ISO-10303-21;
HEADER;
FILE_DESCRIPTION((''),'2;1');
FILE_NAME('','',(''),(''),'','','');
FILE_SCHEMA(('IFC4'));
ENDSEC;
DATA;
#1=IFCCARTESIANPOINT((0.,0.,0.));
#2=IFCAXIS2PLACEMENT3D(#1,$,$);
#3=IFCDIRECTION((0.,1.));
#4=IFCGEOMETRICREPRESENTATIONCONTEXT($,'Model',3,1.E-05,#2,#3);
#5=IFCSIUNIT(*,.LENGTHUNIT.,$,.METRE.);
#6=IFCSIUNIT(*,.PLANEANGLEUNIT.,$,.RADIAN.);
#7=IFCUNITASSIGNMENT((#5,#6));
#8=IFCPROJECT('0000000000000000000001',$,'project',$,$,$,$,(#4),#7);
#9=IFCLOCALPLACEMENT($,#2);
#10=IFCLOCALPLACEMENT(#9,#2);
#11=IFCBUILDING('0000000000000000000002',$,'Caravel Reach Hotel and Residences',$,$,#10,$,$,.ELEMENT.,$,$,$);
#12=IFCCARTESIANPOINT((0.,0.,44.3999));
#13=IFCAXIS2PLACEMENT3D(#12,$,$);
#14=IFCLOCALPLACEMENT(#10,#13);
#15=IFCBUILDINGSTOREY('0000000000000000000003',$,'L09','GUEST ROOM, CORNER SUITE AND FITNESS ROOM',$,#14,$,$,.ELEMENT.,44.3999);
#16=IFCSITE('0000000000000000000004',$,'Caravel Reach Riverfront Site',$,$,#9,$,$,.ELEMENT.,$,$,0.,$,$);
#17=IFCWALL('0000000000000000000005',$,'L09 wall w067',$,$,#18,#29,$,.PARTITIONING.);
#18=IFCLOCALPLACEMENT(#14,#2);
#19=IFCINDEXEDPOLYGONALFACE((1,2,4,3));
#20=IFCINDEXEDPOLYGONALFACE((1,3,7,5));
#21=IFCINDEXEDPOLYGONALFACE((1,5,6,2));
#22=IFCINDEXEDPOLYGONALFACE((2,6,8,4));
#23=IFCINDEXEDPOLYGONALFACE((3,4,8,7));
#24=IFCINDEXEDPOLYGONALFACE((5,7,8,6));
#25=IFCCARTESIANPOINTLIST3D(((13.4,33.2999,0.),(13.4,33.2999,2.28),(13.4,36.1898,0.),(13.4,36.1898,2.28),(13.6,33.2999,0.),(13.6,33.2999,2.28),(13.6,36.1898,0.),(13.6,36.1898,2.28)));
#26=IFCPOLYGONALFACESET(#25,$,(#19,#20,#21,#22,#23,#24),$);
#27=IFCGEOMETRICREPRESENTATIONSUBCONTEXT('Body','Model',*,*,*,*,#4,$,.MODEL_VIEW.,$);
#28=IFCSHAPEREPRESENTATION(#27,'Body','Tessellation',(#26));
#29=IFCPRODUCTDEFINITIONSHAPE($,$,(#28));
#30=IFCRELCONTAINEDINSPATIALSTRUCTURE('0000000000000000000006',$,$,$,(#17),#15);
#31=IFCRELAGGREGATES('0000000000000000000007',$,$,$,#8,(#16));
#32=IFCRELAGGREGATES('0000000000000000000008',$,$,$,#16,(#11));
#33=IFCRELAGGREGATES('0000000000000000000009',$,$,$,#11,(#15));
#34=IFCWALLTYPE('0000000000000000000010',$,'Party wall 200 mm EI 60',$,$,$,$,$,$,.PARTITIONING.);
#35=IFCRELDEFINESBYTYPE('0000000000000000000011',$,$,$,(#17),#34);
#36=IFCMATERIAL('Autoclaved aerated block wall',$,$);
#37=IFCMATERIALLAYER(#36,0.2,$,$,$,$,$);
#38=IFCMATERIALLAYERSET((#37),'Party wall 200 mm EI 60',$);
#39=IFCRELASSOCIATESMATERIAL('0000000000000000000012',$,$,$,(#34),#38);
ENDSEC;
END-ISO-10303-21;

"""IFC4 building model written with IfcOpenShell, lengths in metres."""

from ifc_helpers import new_model, si_unit, direction, frame, frame_2d, origin, place, context, subcontext, project, spatial, rectangle, extrude, material, layer, layer_set, type_object, element, save


model = new_model("IFC4")

# Units and contexts
model_context = context("Model", 3, precision=1e-05, world=origin(), true_north=direction((0.0, 1.0)))
body_context = subcontext(model_context, "Body", "Model", "MODEL_VIEW")
ifc_project = project(units=[si_unit("LENGTHUNIT", "METRE"), si_unit("PLANEANGLEUNIT", "RADIAN")], contexts=[model_context])

# Site, building, storey
site_placement = place(None, origin())
site = spatial("IfcSite", under=ifc_project, at=site_placement, Name="Caravel Reach Riverfront Site", CompositionType="ELEMENT", RefElevation=0.0)
building_placement = place(site_placement, origin())
building = spatial("IfcBuilding", under=site, at=building_placement, Name="Caravel Reach Hotel and Residences", CompositionType="ELEMENT")
storey_placement = place(building_placement, frame((0.0, 0.0, 44.3999)))
storey = spatial("IfcBuildingStorey", under=building, at=storey_placement, Name="L09", Description="GUEST ROOM, CORNER SUITE AND FITNESS ROOM", CompositionType="ELEMENT", Elevation=44.3999)

# Wall
ifc_material_1 = material(Name="Autoclaved aerated block wall")
ifc_layer_1 = layer(ifc_material_1, 0.2)
ifc_layer_set_1 = layer_set([ifc_layer_1], Name="Party wall 200 mm EI 60")
wall_type_1 = type_object("IfcWallType", Name="Party wall 200 mm EI 60", PredefinedType="PARTITIONING", material=ifc_layer_set_1)
wall_1_placement = place(storey_placement, frame((13.5, 33.3, 0.0), z_axis=(0.0, 0.0, 1.0), x_axis=(0.0, 1.0, 0.0)))
element("IfcWall", 1, at=wall_1_placement, inside=storey, type_object=wall_type_1, Name="L09 wall w067", PredefinedType="PARTITIONING", context=body_context, shape_type="SweptSolid", body=[
    extrude(rectangle(XDim=2.8899, YDim=0.2, at=frame_2d((1.4448, 0.0))), origin(), (0.0, 0.0, 1.0), 2.28),
])

save(model, "model.ifc")
